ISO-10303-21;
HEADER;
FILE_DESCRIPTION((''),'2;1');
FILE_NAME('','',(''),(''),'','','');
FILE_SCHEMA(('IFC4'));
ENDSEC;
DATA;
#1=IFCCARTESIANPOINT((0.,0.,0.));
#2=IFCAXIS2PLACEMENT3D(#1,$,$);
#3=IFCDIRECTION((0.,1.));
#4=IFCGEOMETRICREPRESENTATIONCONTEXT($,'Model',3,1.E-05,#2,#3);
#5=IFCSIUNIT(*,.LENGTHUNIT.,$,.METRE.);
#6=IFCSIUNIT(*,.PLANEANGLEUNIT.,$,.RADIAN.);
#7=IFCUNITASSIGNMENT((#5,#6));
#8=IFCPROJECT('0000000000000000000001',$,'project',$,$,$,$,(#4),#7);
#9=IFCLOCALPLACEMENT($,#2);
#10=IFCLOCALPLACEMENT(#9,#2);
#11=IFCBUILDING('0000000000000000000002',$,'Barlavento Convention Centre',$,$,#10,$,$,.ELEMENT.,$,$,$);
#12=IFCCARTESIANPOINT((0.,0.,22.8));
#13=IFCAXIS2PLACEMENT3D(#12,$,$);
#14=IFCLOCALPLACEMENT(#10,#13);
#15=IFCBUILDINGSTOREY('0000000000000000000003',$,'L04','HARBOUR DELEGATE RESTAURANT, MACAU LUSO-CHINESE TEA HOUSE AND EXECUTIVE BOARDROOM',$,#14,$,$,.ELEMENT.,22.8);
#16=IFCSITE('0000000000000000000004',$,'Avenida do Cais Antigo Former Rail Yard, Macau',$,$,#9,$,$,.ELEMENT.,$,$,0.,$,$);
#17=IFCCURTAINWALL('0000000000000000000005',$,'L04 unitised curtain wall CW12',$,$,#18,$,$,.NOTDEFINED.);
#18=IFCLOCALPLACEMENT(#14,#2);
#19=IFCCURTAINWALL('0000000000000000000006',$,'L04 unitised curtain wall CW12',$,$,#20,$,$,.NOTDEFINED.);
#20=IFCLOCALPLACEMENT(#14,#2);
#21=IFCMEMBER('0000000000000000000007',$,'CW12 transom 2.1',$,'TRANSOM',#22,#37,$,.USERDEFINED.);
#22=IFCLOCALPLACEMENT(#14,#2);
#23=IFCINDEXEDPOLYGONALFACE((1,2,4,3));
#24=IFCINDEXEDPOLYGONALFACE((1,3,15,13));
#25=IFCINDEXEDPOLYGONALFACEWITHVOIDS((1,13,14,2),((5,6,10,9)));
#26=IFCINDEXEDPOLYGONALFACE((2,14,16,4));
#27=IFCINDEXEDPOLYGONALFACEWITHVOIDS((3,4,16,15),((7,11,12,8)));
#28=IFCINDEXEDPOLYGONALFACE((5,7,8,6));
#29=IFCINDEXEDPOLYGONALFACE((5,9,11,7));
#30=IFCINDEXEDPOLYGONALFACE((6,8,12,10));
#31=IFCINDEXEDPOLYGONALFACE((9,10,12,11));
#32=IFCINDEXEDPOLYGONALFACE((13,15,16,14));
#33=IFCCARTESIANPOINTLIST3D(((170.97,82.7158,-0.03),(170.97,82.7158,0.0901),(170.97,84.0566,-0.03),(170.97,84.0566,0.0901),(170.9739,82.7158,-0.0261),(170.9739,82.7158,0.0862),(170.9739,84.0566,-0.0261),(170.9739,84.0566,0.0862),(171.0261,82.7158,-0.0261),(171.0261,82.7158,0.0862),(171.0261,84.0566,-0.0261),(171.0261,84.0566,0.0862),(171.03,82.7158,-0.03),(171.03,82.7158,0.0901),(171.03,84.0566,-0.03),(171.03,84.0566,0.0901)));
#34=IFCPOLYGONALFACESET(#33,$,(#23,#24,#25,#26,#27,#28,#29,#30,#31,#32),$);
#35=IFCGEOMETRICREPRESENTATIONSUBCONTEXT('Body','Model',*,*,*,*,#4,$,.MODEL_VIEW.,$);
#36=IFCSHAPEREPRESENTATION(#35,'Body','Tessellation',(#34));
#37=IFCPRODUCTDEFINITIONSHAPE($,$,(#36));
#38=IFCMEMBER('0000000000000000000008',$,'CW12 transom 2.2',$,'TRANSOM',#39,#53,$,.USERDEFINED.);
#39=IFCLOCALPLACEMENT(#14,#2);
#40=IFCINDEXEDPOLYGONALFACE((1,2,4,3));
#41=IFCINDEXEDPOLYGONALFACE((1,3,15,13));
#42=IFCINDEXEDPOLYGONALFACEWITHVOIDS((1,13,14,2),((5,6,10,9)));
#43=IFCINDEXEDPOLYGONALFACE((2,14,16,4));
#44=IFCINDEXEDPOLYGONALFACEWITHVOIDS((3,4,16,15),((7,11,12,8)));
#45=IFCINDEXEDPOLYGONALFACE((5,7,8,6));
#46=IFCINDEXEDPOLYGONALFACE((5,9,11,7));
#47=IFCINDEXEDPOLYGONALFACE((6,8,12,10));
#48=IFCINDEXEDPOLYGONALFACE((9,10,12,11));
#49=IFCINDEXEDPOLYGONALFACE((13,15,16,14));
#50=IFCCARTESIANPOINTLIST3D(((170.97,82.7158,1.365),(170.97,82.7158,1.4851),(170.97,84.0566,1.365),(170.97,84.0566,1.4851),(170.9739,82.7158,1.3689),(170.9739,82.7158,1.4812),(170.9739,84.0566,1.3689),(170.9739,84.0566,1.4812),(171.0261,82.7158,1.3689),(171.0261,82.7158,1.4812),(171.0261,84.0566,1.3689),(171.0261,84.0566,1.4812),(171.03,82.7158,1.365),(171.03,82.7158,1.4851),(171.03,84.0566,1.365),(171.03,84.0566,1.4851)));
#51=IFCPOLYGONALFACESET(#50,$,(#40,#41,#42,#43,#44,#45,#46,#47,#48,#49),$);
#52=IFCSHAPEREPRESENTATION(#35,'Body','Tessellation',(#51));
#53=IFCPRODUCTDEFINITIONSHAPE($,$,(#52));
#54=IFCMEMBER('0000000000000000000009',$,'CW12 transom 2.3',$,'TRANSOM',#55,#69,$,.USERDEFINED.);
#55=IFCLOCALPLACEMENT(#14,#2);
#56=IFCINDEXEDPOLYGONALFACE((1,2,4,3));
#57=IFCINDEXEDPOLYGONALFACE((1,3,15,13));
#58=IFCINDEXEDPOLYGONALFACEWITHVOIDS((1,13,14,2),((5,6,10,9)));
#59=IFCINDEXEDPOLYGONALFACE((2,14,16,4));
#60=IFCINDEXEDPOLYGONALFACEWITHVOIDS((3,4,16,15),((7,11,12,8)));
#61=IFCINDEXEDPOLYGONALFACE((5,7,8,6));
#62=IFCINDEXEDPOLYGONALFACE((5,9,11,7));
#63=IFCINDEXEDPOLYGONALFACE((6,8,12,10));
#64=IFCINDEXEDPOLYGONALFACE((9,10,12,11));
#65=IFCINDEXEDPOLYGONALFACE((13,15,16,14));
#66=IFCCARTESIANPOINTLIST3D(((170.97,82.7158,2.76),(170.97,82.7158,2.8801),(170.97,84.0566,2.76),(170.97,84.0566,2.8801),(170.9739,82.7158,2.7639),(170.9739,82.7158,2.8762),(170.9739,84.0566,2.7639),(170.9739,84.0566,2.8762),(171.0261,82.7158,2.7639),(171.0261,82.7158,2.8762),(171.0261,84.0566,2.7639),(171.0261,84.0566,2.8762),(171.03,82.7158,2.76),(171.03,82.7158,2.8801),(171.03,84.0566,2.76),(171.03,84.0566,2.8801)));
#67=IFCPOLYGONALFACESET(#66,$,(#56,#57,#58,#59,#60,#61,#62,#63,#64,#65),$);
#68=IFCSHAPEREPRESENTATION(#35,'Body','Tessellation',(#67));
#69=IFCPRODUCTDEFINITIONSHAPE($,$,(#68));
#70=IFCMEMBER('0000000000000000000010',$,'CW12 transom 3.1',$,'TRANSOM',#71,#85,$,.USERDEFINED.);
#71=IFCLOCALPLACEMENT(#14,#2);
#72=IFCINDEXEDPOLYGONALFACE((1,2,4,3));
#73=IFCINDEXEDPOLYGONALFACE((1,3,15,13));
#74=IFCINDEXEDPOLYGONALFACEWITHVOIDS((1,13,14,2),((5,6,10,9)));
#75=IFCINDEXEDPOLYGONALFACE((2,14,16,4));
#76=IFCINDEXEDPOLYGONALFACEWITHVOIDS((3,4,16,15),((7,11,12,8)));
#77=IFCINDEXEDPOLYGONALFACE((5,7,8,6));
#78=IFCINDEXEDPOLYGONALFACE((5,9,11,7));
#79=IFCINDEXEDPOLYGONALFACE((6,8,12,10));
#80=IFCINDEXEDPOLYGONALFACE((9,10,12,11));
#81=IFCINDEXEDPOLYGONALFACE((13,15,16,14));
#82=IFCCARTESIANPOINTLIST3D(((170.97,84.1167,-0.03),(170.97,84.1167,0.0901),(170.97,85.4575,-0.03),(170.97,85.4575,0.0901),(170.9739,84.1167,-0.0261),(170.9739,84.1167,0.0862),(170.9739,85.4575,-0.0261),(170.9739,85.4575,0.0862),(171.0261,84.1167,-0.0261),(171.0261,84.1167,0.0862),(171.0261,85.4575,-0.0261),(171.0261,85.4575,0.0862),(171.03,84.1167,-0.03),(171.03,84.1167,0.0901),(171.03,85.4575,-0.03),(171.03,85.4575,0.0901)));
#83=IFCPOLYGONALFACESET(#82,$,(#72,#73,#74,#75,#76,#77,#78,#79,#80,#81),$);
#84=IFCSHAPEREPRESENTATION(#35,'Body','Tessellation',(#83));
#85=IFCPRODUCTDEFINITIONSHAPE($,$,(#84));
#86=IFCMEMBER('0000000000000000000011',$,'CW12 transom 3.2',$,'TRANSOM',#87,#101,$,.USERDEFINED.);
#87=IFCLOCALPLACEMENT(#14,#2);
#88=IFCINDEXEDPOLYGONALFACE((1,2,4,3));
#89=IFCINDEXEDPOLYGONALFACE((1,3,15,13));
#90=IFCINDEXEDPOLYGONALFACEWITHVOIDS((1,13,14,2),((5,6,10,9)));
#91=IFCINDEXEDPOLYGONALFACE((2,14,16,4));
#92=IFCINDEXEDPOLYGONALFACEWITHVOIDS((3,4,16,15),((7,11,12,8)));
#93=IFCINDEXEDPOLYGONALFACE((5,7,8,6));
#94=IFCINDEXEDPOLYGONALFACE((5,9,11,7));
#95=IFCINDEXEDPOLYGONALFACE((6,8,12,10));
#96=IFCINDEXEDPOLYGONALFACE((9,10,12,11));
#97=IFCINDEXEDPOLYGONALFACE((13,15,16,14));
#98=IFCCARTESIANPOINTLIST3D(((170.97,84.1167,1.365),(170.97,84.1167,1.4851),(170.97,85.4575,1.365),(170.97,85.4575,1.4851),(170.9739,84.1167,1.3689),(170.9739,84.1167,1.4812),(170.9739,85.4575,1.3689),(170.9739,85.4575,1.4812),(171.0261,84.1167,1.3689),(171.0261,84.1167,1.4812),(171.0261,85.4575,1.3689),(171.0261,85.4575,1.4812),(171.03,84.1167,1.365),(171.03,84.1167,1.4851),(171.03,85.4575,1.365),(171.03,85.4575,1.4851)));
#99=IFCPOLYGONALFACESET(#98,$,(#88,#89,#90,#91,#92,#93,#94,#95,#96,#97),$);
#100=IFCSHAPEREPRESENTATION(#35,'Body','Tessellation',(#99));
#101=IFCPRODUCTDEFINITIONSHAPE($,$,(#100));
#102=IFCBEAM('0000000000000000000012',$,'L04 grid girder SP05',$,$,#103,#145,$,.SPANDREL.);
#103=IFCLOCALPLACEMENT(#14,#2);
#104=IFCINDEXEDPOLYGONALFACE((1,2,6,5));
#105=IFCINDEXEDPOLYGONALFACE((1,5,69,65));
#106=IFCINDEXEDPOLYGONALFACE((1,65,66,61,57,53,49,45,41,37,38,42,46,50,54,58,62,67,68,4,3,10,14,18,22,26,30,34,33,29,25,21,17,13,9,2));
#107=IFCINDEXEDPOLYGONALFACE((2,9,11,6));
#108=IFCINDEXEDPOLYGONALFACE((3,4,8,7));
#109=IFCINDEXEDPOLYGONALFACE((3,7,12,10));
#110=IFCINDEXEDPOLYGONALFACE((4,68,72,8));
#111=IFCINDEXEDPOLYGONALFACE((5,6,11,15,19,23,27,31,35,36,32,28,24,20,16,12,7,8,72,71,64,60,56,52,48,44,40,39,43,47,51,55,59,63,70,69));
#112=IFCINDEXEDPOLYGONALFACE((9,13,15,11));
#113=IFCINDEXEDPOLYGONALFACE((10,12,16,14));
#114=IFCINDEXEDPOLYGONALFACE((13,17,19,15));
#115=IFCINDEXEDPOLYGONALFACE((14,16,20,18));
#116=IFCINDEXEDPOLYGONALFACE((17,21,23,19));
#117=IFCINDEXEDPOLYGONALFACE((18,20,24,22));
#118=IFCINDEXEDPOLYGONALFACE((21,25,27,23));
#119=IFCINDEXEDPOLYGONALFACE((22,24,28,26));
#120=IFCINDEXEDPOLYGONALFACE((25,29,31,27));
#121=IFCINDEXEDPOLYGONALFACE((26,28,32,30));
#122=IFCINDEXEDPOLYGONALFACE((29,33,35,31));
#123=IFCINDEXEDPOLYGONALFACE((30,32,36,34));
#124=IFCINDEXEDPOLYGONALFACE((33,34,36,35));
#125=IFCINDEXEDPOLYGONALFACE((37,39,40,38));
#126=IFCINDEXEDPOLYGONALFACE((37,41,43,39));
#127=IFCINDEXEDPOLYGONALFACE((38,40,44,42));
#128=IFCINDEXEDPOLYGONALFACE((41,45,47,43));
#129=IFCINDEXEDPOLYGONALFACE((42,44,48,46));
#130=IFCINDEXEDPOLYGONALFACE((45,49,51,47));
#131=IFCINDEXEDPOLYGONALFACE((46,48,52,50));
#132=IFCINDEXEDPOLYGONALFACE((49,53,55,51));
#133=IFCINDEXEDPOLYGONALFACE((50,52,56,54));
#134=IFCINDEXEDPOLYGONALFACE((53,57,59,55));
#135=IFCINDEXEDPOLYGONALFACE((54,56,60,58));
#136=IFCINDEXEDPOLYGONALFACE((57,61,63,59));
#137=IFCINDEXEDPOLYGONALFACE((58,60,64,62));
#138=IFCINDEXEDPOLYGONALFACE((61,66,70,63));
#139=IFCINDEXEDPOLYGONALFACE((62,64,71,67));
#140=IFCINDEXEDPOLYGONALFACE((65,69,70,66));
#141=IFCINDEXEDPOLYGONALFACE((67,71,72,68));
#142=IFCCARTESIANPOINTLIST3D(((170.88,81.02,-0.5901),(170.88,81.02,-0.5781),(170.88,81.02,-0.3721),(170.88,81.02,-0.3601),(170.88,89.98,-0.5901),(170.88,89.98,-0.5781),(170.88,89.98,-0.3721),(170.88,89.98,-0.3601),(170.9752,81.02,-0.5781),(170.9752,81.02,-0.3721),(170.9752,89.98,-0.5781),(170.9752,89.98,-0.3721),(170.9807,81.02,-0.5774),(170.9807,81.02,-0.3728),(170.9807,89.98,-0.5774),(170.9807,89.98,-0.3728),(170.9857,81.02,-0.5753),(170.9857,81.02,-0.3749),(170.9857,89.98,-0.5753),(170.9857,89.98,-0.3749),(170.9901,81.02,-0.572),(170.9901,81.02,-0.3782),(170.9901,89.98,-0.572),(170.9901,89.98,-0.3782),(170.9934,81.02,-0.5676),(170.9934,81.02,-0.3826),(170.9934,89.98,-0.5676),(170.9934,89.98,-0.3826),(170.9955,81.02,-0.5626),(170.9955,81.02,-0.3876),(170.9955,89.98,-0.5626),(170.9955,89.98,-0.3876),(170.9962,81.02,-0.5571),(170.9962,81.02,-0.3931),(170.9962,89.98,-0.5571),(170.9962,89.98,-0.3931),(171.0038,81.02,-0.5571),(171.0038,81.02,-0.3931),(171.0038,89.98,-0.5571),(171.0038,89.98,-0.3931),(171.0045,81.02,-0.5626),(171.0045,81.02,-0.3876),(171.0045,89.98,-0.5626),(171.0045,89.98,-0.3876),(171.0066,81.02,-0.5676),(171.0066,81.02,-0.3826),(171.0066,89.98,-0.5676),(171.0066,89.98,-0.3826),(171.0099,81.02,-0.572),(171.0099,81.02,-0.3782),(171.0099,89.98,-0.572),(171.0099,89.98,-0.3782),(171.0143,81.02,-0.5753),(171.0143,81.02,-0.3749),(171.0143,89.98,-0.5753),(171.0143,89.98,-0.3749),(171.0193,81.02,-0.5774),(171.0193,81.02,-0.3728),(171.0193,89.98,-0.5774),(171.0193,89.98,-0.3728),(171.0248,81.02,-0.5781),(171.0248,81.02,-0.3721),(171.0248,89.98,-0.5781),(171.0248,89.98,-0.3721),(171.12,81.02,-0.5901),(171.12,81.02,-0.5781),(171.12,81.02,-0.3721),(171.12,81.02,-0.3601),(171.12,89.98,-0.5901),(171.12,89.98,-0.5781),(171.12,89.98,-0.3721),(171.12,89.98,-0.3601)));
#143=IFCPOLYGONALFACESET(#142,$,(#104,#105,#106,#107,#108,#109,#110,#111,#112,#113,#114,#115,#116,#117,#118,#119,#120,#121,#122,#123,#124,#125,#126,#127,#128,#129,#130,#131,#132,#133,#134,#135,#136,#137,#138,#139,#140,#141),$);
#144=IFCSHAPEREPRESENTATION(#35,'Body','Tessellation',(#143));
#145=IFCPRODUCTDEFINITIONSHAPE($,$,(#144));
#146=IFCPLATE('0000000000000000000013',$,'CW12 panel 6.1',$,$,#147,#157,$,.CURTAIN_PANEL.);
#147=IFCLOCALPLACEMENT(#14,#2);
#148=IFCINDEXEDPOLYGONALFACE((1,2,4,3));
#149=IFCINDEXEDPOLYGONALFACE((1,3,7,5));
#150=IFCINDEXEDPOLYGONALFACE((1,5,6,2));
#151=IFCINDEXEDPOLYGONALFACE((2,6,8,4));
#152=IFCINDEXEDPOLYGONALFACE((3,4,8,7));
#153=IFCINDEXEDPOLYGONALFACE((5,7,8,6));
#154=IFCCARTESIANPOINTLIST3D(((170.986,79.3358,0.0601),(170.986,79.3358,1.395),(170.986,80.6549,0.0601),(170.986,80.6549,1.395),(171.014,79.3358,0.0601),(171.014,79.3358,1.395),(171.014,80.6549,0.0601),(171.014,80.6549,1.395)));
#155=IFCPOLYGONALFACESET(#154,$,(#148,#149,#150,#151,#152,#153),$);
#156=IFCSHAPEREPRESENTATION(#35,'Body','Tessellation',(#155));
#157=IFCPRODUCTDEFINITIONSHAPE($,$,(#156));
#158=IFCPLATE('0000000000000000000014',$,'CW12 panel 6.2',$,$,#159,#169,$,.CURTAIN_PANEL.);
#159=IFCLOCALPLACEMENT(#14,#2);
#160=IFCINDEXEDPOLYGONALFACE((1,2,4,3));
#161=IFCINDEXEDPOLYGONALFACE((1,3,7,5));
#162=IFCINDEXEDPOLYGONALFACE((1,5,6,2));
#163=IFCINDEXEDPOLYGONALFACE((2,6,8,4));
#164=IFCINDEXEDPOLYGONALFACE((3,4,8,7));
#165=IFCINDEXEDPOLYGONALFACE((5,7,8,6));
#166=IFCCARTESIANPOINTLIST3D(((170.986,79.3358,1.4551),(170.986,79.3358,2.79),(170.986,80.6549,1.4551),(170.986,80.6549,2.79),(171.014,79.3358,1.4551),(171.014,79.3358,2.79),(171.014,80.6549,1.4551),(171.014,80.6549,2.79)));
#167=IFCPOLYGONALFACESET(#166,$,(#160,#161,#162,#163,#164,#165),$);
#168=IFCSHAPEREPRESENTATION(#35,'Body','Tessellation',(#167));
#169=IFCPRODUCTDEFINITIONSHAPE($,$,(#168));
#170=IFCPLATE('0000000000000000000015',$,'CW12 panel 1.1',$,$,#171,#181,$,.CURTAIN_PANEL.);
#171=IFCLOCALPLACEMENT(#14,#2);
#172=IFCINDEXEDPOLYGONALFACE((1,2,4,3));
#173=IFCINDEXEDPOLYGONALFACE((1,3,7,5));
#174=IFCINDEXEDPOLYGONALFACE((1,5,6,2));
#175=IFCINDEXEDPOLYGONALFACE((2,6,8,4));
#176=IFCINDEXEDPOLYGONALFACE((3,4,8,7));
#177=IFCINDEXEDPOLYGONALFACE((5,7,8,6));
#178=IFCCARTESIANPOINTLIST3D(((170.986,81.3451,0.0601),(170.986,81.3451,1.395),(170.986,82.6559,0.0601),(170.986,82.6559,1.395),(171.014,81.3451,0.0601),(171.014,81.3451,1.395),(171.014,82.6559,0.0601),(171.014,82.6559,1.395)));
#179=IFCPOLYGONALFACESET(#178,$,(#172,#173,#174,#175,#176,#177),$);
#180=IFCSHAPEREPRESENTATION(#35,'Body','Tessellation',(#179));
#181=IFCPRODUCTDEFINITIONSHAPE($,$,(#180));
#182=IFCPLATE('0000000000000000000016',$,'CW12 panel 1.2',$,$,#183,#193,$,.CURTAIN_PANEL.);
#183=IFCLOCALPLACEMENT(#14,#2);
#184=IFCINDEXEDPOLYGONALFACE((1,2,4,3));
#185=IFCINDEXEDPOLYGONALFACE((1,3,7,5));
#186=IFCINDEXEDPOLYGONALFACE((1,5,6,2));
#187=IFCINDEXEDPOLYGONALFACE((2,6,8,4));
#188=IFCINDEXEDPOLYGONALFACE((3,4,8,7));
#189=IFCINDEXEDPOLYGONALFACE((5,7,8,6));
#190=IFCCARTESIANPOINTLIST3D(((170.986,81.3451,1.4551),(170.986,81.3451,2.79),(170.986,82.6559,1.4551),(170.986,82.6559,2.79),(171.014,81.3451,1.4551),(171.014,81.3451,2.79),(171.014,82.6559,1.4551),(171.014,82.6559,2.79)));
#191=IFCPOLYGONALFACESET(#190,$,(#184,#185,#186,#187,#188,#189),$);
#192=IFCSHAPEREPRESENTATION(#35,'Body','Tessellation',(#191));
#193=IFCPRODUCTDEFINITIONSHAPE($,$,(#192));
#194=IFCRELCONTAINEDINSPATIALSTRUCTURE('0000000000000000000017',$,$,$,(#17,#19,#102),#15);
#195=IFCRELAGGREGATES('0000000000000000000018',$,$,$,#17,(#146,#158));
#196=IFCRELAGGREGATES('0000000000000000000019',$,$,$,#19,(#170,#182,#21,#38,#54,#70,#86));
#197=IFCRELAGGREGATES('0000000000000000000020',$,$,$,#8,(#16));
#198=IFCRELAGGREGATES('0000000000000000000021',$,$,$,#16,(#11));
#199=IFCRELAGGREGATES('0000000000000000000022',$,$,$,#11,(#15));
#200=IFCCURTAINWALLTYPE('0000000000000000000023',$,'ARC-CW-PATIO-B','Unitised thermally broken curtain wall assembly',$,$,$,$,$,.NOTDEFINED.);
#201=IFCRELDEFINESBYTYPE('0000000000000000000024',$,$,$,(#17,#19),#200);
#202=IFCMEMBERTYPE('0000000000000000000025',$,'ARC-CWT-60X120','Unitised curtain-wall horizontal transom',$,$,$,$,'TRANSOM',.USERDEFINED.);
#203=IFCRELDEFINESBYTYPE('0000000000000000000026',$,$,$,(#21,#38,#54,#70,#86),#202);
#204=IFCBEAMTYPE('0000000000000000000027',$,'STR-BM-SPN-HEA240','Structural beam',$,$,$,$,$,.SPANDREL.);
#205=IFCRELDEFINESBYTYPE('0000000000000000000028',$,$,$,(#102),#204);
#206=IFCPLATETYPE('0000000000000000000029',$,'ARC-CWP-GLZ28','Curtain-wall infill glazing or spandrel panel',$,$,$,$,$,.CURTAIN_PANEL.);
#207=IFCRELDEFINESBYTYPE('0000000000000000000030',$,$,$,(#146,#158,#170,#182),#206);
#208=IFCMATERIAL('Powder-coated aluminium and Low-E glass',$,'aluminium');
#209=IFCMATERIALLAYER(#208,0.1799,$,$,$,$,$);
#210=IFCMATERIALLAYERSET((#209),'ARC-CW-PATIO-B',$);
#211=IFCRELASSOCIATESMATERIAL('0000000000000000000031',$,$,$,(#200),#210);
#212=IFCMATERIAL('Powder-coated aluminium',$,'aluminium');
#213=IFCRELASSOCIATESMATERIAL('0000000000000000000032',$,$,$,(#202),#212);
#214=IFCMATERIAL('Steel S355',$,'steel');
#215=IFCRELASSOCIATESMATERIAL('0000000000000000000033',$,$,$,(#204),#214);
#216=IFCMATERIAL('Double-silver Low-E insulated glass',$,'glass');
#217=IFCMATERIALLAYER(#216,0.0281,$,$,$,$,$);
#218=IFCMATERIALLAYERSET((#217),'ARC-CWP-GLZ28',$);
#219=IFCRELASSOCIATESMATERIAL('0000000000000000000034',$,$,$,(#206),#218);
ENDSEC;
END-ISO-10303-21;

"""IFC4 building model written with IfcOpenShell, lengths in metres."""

from ifc_helpers import new_model, si_unit, direction, frame, origin, origin_2d, place, context, subcontext, project, spatial, rectangle, hollow_rectangle, i_section, extrude, material, layer, layer_set, material_profile, profile_set, type_object, element, aggregate, save


model = new_model("IFC4")

# Units and contexts
model_context = context("Model", 3, precision=1e-05, world=origin(), true_north=direction((0.0, 1.0)))
body_context = subcontext(model_context, "Body", "Model", "MODEL_VIEW")
ifc_project = project(units=[si_unit("LENGTHUNIT", "METRE"), si_unit("PLANEANGLEUNIT", "RADIAN")], contexts=[model_context])

# Site, building, storey
site_placement = place(None, origin())
site = spatial("IfcSite", under=ifc_project, at=site_placement, Name="Avenida do Cais Antigo Former Rail Yard, Macau", CompositionType="ELEMENT", RefElevation=0.0)
building_placement = place(site_placement, origin())
building = spatial("IfcBuilding", under=site, at=building_placement, Name="Barlavento Convention Centre", CompositionType="ELEMENT")
storey_placement = place(building_placement, frame((0.0, 0.0, 22.8)))
storey = spatial("IfcBuildingStorey", under=building, at=storey_placement, Name="L04", Description="HARBOUR DELEGATE RESTAURANT, MACAU LUSO-CHINESE TEA HOUSE AND EXECUTIVE BOARDROOM", CompositionType="ELEMENT", Elevation=22.8)

# Shared definitions
ifc_material_1 = material(Name="Steel S355", Category="steel")

# Curtain wall
ifc_material_2 = material(Name="Powder-coated aluminium and Low-E glass", Category="aluminium")
ifc_layer_1 = layer(ifc_material_2, 0.1799)
ifc_layer_set_1 = layer_set([ifc_layer_1], Name="ARC-CW-PATIO-B")
curtain_wall_type = type_object("IfcCurtainWallType", Name="ARC-CW-PATIO-B", Description="Unitised thermally broken curtain wall assembly", PredefinedType="NOTDEFINED", material=ifc_layer_set_1)
curtain_wall_1_placement = place(storey_placement, origin())
curtain_wall_1 = element("IfcCurtainWall", 1, at=curtain_wall_1_placement, inside=storey, type_object=curtain_wall_type, Name="L04 unitised curtain wall CW12", PredefinedType="NOTDEFINED")
ifc_material_3 = material(Name="Powder-coated aluminium", Category="aluminium")

# Curtain wall
curtain_wall_2_placement = place(storey_placement, origin())
curtain_wall_2 = element("IfcCurtainWall", 2, at=curtain_wall_2_placement, inside=storey, type_object=curtain_wall_type, Name="L04 unitised curtain wall CW12", PredefinedType="NOTDEFINED")

# Members
ifc_material_profile_1 = material_profile(ifc_material_3, hollow_rectangle(XDim=0.0601, YDim=0.1201, WallThickness=0.0039, at=origin_2d()), Name="AL-TRAN 60x120x4")
ifc_profile_set_1 = profile_set([ifc_material_profile_1], Name="Powder-coated aluminium")
member_type_1 = type_object("IfcMemberType", Name="ARC-CWT-60X120", Description="Unitised curtain-wall horizontal transom", ElementType="TRANSOM", PredefinedType="USERDEFINED", material=ifc_profile_set_1)
member_1_placement = place(storey_placement, frame((171.0, 82.7158, 0.03), z_axis=(0.0, 1.0, 0.0), x_axis=(-1.0, 0.0, 0.0)))
member_1 = element("IfcMember", 3, at=member_1_placement, type_object=member_type_1, Name="CW12 transom 2.1", ObjectType="TRANSOM", PredefinedType="USERDEFINED", context=body_context, shape_type="SweptSolid", body=[
    extrude(hollow_rectangle(XDim=0.0601, YDim=0.1201, WallThickness=0.0039, at=origin_2d()), origin(), (0.0, 0.0, 1.0), 1.3408),
])
member_2_placement = place(storey_placement, frame((171.0, 82.7158, 1.425), z_axis=(0.0, 1.0, 0.0), x_axis=(-1.0, 0.0, 0.0)))
member_2 = element("IfcMember", 4, at=member_2_placement, type_object=member_type_1, Name="CW12 transom 2.2", ObjectType="TRANSOM", PredefinedType="USERDEFINED", context=body_context, shape_type="SweptSolid", body=[
    extrude(hollow_rectangle(XDim=0.0601, YDim=0.1201, WallThickness=0.0039, at=origin_2d()), origin(), (0.0, 0.0, 1.0), 1.3408),
])
member_3_placement = place(storey_placement, frame((171.0, 82.7158, 2.8201), z_axis=(0.0, 1.0, 0.0), x_axis=(-1.0, 0.0, 0.0)))
member_3 = element("IfcMember", 5, at=member_3_placement, type_object=member_type_1, Name="CW12 transom 2.3", ObjectType="TRANSOM", PredefinedType="USERDEFINED", context=body_context, shape_type="SweptSolid", body=[
    extrude(hollow_rectangle(XDim=0.0601, YDim=0.1201, WallThickness=0.0039, at=origin_2d()), origin(), (0.0, 0.0, 1.0), 1.3408),
])
member_4_placement = place(storey_placement, frame((171.0, 84.1167, 0.03), z_axis=(0.0, 1.0, 0.0), x_axis=(-1.0, 0.0, 0.0)))
member_4 = element("IfcMember", 6, at=member_4_placement, type_object=member_type_1, Name="CW12 transom 3.1", ObjectType="TRANSOM", PredefinedType="USERDEFINED", context=body_context, shape_type="SweptSolid", body=[
    extrude(hollow_rectangle(XDim=0.0601, YDim=0.1201, WallThickness=0.0039, at=origin_2d()), origin(), (0.0, 0.0, 1.0), 1.3408),
])
member_5_placement = place(storey_placement, frame((171.0, 84.1167, 1.425), z_axis=(0.0, 1.0, 0.0), x_axis=(-1.0, 0.0, 0.0)))
member_5 = element("IfcMember", 7, at=member_5_placement, type_object=member_type_1, Name="CW12 transom 3.2", ObjectType="TRANSOM", PredefinedType="USERDEFINED", context=body_context, shape_type="SweptSolid", body=[
    extrude(hollow_rectangle(XDim=0.0601, YDim=0.1201, WallThickness=0.0039, at=origin_2d()), origin(), (0.0, 0.0, 1.0), 1.3408),
])

# Beam
ifc_material_profile_2 = material_profile(ifc_material_1, i_section(OverallWidth=0.24, OverallDepth=0.23, WebThickness=0.0076, FlangeThickness=0.012, FilletRadius=0.021, at=origin_2d()), Name="HEA 240")
ifc_profile_set_2 = profile_set([ifc_material_profile_2], Name="Steel S355")
beam_type = type_object("IfcBeamType", Name="STR-BM-SPN-HEA240", Description="Structural beam", PredefinedType="SPANDREL", material=ifc_profile_set_2)
beam_placement = place(storey_placement, frame((171.0, 81.02, -0.4751), z_axis=(0.0, 1.0, 0.0), x_axis=(-1.0, 0.0, 0.0)))
element("IfcBeam", 8, at=beam_placement, inside=storey, type_object=beam_type, Name="L04 grid girder SP05", PredefinedType="SPANDREL", context=body_context, shape_type="SweptSolid", body=[
    extrude(i_section(OverallWidth=0.24, OverallDepth=0.23, WebThickness=0.0076, FlangeThickness=0.012, FilletRadius=0.021, at=origin_2d()), origin(), (0.0, 0.0, 1.0), 8.96),
])

# Plates
ifc_material_4 = material(Name="Double-silver Low-E insulated glass", Category="glass")
ifc_layer_2 = layer(ifc_material_4, 0.0281)
ifc_layer_set_2 = layer_set([ifc_layer_2], Name="ARC-CWP-GLZ28")
plate_type = type_object("IfcPlateType", Name="ARC-CWP-GLZ28", Description="Curtain-wall infill glazing or spandrel panel", PredefinedType="CURTAIN_PANEL", material=ifc_layer_set_2)
plate_1_placement = place(storey_placement, frame((171.0, 79.9954, 0.0601), z_axis=(0.0, 0.0, 1.0), x_axis=(0.0, 1.0, 0.0)))
plate_1 = element("IfcPlate", 9, at=plate_1_placement, type_object=plate_type, Name="CW12 panel 6.1", PredefinedType="CURTAIN_PANEL", context=body_context, shape_type="SweptSolid", body=[
    extrude(rectangle(XDim=1.3191, YDim=0.0281, at=origin_2d()), origin(), (0.0, 0.0, 1.0), 1.335),
])
plate_2_placement = place(storey_placement, frame((171.0, 79.9954, 1.4551), z_axis=(0.0, 0.0, 1.0), x_axis=(0.0, 1.0, 0.0)))
plate_2 = element("IfcPlate", 10, at=plate_2_placement, type_object=plate_type, Name="CW12 panel 6.2", PredefinedType="CURTAIN_PANEL", context=body_context, shape_type="SweptSolid", body=[
    extrude(rectangle(XDim=1.3191, YDim=0.0281, at=origin_2d()), origin(), (0.0, 0.0, 1.0), 1.335),
])
aggregate(curtain_wall_1, [plate_1, plate_2])
plate_3_placement = place(storey_placement, frame((171.0, 82.0005, 0.0601), z_axis=(0.0, 0.0, 1.0), x_axis=(0.0, 1.0, 0.0)))
plate_3 = element("IfcPlate", 11, at=plate_3_placement, type_object=plate_type, Name="CW12 panel 1.1", PredefinedType="CURTAIN_PANEL", context=body_context, shape_type="SweptSolid", body=[
    extrude(rectangle(XDim=1.3108, YDim=0.0281, at=origin_2d()), origin(), (0.0, 0.0, 1.0), 1.335),
])
plate_4_placement = place(storey_placement, frame((171.0, 82.0005, 1.4551), z_axis=(0.0, 0.0, 1.0), x_axis=(0.0, 1.0, 0.0)))
plate_4 = element("IfcPlate", 12, at=plate_4_placement, type_object=plate_type, Name="CW12 panel 1.2", PredefinedType="CURTAIN_PANEL", context=body_context, shape_type="SweptSolid", body=[
    extrude(rectangle(XDim=1.3108, YDim=0.0281, at=origin_2d()), origin(), (0.0, 0.0, 1.0), 1.335),
])
aggregate(curtain_wall_2, [plate_3, plate_4, member_1, member_2, member_3, member_4, member_5])

save(model, "model.ifc")
